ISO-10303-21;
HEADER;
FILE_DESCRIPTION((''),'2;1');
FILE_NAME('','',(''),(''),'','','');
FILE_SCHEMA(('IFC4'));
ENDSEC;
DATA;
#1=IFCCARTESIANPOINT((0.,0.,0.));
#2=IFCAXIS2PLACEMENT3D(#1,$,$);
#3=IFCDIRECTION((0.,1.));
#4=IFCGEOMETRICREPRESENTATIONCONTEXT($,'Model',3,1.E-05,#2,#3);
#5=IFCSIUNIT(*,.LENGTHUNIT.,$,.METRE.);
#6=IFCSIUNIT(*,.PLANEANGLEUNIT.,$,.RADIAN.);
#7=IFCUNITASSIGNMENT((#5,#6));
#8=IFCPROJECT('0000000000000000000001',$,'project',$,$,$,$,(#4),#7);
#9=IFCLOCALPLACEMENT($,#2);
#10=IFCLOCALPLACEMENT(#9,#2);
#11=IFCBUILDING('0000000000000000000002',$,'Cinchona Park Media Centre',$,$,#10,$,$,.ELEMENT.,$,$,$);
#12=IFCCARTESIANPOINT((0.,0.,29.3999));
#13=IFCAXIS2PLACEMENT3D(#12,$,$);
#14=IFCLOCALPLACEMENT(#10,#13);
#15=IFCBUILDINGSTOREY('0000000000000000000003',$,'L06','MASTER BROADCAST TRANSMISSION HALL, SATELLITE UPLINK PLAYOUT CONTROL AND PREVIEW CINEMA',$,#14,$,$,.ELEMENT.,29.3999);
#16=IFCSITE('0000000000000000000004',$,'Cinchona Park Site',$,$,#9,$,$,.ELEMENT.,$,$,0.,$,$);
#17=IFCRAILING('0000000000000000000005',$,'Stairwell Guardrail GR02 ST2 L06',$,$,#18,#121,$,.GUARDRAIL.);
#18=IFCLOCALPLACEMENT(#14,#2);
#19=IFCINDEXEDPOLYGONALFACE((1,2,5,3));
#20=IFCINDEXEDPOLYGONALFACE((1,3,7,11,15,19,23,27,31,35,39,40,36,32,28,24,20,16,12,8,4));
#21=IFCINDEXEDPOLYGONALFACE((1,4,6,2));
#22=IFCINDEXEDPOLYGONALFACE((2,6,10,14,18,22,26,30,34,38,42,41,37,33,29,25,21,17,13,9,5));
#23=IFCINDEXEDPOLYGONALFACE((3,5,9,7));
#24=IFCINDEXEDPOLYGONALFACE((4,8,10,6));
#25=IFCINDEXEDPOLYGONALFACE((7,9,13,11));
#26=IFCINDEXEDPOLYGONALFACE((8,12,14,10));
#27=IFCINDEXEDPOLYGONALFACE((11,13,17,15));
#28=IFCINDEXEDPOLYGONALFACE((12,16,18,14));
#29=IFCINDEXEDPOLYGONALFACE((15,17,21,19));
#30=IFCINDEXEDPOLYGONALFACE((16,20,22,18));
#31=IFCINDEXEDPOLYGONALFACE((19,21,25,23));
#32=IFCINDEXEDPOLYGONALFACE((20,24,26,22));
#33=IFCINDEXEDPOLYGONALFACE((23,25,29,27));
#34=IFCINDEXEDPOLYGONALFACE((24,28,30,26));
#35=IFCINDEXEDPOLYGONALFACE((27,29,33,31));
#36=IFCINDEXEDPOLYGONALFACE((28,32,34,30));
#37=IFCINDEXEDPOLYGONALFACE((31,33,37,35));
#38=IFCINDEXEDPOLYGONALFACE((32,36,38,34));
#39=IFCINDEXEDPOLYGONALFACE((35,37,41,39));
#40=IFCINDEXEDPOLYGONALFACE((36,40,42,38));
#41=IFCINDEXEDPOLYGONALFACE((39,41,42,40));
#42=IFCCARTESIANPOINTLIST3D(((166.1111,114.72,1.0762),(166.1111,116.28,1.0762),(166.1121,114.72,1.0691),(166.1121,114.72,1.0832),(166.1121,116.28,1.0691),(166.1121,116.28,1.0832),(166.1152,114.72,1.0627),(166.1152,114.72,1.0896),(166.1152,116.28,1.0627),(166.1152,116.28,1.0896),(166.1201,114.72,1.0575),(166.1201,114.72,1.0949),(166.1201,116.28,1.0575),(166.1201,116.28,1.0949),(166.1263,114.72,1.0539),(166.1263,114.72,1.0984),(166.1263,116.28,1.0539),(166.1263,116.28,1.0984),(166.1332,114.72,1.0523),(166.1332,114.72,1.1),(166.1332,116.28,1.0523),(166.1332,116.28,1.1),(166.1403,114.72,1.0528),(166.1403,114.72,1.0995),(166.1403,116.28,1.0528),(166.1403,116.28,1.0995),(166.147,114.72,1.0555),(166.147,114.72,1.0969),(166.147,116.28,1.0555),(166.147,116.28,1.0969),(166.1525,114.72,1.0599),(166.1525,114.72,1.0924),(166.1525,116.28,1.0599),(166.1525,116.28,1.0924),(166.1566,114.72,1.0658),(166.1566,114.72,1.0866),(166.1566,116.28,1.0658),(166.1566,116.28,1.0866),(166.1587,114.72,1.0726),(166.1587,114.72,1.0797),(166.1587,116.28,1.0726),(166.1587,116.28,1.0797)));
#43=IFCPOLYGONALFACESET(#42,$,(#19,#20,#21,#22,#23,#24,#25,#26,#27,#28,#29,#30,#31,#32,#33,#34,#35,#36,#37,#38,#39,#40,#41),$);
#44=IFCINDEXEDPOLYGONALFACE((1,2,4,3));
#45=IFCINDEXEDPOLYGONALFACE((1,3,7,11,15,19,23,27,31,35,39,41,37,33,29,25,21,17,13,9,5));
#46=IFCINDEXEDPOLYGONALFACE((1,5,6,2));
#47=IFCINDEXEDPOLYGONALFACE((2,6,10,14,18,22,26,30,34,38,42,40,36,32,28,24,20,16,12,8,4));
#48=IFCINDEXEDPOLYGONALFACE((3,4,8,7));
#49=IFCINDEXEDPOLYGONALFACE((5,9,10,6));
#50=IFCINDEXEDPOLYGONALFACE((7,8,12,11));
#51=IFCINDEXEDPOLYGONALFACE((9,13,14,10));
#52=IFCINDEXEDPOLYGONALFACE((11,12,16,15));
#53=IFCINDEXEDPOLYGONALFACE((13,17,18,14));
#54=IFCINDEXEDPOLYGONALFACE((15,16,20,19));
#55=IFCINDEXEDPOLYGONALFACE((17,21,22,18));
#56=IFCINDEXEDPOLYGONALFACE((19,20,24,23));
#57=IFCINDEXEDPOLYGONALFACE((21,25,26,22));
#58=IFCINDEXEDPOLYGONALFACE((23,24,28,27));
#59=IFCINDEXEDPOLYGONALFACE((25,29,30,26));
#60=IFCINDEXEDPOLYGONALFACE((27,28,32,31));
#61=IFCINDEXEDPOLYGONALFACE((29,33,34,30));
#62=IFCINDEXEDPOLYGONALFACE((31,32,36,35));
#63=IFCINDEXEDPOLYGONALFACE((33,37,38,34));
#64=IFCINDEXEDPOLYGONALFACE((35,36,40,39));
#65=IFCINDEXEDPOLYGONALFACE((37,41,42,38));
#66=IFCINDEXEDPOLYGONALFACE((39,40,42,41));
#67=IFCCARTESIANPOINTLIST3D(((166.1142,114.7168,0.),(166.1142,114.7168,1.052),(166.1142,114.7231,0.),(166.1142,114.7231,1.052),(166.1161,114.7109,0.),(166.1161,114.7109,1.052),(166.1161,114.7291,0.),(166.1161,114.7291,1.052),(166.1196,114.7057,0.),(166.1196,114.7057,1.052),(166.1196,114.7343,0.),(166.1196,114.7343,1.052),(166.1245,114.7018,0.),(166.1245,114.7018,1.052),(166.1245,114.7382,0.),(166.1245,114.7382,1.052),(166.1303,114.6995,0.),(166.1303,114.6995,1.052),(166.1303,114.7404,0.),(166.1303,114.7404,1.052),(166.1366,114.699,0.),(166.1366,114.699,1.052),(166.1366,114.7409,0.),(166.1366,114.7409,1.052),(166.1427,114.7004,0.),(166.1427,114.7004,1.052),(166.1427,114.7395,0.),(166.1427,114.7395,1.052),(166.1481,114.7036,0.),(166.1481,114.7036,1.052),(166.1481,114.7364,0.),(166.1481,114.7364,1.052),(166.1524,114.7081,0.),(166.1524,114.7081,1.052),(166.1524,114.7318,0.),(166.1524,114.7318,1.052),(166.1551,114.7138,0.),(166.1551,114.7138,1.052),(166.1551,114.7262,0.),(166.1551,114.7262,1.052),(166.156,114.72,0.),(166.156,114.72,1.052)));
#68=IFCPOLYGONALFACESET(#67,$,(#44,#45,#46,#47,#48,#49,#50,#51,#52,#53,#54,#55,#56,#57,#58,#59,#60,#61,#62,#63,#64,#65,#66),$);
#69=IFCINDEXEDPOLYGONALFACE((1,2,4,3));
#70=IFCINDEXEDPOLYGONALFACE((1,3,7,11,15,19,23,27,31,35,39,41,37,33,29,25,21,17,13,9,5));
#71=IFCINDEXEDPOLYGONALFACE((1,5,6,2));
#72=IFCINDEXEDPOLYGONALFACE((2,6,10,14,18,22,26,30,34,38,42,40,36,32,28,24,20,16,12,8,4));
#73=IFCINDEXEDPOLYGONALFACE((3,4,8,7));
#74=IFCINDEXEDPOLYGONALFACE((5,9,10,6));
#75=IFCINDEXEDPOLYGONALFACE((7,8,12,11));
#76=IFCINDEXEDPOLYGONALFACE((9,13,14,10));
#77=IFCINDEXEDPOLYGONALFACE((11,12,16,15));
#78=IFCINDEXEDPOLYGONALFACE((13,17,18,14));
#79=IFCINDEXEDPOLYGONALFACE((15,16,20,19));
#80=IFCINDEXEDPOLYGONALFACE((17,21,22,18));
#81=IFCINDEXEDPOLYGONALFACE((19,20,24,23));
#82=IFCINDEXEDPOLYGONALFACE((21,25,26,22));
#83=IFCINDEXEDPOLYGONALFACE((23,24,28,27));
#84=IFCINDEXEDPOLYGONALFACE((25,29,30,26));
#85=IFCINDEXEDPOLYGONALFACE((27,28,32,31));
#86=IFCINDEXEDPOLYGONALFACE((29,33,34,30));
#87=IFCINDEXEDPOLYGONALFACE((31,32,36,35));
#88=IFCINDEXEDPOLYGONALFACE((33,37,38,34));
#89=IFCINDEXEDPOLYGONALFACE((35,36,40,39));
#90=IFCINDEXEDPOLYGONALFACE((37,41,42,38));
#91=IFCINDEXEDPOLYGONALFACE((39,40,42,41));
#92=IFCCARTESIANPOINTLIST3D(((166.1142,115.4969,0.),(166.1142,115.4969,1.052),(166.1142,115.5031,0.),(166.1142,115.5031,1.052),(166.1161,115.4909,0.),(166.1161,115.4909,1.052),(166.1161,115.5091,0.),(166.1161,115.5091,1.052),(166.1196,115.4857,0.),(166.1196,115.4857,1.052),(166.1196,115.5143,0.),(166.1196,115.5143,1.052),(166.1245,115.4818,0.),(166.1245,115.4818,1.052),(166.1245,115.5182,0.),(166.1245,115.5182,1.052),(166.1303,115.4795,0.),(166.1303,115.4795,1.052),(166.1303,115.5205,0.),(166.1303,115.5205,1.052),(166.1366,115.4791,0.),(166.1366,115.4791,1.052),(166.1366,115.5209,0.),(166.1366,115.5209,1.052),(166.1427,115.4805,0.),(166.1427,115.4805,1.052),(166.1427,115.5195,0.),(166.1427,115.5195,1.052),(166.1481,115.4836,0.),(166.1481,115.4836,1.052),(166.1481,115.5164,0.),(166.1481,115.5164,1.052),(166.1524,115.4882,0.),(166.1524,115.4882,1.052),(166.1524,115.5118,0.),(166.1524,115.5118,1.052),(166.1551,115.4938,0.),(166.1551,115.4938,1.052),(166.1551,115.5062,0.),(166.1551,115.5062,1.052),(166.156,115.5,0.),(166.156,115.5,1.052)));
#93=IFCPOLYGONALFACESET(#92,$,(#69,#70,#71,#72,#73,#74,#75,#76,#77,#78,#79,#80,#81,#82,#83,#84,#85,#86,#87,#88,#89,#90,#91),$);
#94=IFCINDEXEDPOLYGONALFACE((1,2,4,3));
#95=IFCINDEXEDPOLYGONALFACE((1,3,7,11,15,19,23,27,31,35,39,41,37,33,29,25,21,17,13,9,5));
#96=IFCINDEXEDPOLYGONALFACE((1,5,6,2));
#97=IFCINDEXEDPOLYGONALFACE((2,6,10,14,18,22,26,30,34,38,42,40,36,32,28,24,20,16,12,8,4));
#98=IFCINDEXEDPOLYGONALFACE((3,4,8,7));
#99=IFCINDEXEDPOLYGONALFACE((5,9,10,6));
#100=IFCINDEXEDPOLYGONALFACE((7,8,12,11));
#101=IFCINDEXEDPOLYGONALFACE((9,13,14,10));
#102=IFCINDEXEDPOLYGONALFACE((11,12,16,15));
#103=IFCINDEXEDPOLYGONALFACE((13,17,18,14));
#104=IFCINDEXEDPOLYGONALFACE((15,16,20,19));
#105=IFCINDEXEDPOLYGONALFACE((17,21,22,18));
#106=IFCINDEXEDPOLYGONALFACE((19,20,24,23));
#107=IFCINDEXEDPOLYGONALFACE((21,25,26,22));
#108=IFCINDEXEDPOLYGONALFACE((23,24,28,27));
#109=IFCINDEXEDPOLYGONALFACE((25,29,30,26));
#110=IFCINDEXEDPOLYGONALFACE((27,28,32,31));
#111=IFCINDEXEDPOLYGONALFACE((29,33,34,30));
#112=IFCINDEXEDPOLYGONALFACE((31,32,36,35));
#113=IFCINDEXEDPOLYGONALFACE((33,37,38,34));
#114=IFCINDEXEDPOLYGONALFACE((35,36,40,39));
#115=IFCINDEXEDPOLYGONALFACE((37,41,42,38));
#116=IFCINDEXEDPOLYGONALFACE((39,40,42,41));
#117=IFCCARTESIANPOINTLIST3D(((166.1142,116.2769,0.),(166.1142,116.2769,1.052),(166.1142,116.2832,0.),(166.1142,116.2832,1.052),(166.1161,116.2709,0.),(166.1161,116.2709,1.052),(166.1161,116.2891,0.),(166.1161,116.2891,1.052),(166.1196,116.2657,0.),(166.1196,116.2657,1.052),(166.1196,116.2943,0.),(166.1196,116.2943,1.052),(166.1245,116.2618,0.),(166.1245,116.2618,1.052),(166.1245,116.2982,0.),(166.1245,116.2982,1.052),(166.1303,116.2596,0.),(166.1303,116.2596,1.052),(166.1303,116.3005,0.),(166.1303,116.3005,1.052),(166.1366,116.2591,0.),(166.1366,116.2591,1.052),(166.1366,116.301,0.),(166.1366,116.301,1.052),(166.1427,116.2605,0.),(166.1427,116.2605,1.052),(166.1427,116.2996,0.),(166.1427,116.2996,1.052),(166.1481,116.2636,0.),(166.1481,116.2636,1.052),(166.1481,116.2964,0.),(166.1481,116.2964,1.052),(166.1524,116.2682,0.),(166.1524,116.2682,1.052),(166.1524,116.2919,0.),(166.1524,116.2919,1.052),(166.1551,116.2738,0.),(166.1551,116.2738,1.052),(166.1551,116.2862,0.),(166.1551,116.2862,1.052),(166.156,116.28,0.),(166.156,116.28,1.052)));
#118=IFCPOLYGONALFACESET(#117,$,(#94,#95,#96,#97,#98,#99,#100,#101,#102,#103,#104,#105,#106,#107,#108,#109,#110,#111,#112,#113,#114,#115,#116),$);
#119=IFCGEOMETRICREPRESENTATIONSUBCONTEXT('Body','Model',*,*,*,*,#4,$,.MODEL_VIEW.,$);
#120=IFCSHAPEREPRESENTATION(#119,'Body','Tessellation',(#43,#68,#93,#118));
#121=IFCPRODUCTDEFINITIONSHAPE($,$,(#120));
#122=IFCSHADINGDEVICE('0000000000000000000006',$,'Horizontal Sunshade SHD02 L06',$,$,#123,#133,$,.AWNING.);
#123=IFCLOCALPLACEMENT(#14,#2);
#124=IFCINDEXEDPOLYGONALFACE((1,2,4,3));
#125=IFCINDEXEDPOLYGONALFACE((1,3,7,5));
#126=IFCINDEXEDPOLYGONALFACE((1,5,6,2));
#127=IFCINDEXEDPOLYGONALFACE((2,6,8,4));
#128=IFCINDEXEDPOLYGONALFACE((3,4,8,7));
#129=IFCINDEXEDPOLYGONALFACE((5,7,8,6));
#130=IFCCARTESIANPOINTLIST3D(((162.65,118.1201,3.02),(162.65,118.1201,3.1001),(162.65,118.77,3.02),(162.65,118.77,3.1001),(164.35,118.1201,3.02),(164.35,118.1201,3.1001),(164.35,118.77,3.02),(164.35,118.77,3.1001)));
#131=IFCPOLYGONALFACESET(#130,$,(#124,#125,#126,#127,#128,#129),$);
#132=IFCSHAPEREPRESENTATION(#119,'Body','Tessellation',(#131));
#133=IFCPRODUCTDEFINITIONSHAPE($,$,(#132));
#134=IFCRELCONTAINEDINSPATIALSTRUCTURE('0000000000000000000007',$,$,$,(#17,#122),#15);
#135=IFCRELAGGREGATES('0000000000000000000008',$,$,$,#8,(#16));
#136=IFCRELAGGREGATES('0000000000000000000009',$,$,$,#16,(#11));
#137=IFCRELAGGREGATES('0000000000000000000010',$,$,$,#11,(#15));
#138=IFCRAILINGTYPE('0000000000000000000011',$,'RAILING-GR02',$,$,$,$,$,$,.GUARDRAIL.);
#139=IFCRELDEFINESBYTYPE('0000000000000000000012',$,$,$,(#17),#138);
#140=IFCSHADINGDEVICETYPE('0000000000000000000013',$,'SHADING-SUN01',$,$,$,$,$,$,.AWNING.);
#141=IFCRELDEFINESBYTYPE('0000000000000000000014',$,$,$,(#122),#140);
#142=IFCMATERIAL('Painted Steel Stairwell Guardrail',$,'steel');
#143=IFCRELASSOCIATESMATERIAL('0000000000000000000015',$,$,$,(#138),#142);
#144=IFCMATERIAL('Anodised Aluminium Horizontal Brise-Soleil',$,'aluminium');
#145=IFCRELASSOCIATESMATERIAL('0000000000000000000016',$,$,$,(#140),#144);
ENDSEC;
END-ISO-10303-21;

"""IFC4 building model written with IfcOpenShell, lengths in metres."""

from ifc_helpers import new_model, si_unit, direction, frame, origin, origin_2d, place, context, subcontext, project, spatial, rectangle, circle, extrude, material, type_object, element, save


model = new_model("IFC4")

# Units and contexts
model_context = context("Model", 3, precision=1e-05, world=origin(), true_north=direction((0.0, 1.0)))
body_context = subcontext(model_context, "Body", "Model", "MODEL_VIEW")
ifc_project = project(units=[si_unit("LENGTHUNIT", "METRE"), si_unit("PLANEANGLEUNIT", "RADIAN")], contexts=[model_context])

# Site, building, storey
site_placement = place(None, origin())
site = spatial("IfcSite", under=ifc_project, at=site_placement, Name="Cinchona Park Site", CompositionType="ELEMENT", RefElevation=0.0)
building_placement = place(site_placement, origin())
building = spatial("IfcBuilding", under=site, at=building_placement, Name="Cinchona Park Media Centre", CompositionType="ELEMENT")
storey_placement = place(building_placement, frame((0.0, 0.0, 29.3999)))
storey = spatial("IfcBuildingStorey", under=building, at=storey_placement, Name="L06", Description="MASTER BROADCAST TRANSMISSION HALL, SATELLITE UPLINK PLAYOUT CONTROL AND PREVIEW CINEMA", CompositionType="ELEMENT", Elevation=29.3999)

# Railing
ifc_material_1 = material(Name="Painted Steel Stairwell Guardrail", Category="steel")
railing_type = type_object("IfcRailingType", Name="RAILING-GR02", PredefinedType="GUARDRAIL", material=ifc_material_1)
railing_placement = place(storey_placement, frame((166.135, 114.72, 0.0)))
element("IfcRailing", 1, at=railing_placement, inside=storey, type_object=railing_type, Name="Stairwell Guardrail GR02 ST2 L06", PredefinedType="GUARDRAIL", context=body_context, shape_type="SweptSolid", body=[
    extrude(circle(Radius=0.0239, at=origin_2d()), frame((0.0, 0.0, 1.0762), z_axis=(0.0, 1.0, 0.0), x_axis=(-1.0, 0.0, 0.0)), (0.0, 0.0, 1.0), 1.5601),
    extrude(circle(Radius=0.021, at=origin_2d()), origin(), (0.0, 0.0, 1.0), 1.052),
    extrude(circle(Radius=0.021, at=origin_2d()), frame((0.0, 0.78, 0.0)), (0.0, 0.0, 1.0), 1.052),
    extrude(circle(Radius=0.021, at=origin_2d()), frame((0.0, 1.5601, 0.0)), (0.0, 0.0, 1.0), 1.052),
])

# Shading device
ifc_material_2 = material(Name="Anodised Aluminium Horizontal Brise-Soleil", Category="aluminium")
shading_device_type = type_object("IfcShadingDeviceType", Name="SHADING-SUN01", PredefinedType="AWNING", material=ifc_material_2)
shading_device_placement = place(storey_placement, frame((163.5, 118.4451, 3.02), z_axis=(0.0, 0.0, 1.0), x_axis=(1.0, 0.0, 0.0)))
element("IfcShadingDevice", 2, at=shading_device_placement, inside=storey, type_object=shading_device_type, Name="Horizontal Sunshade SHD02 L06", PredefinedType="AWNING", context=body_context, shape_type="SweptSolid", body=[
    extrude(rectangle(XDim=1.7, YDim=0.6499, at=origin_2d()), origin(), (0.0, 0.0, 1.0), 0.0801),
])

save(model, "model.ifc")
